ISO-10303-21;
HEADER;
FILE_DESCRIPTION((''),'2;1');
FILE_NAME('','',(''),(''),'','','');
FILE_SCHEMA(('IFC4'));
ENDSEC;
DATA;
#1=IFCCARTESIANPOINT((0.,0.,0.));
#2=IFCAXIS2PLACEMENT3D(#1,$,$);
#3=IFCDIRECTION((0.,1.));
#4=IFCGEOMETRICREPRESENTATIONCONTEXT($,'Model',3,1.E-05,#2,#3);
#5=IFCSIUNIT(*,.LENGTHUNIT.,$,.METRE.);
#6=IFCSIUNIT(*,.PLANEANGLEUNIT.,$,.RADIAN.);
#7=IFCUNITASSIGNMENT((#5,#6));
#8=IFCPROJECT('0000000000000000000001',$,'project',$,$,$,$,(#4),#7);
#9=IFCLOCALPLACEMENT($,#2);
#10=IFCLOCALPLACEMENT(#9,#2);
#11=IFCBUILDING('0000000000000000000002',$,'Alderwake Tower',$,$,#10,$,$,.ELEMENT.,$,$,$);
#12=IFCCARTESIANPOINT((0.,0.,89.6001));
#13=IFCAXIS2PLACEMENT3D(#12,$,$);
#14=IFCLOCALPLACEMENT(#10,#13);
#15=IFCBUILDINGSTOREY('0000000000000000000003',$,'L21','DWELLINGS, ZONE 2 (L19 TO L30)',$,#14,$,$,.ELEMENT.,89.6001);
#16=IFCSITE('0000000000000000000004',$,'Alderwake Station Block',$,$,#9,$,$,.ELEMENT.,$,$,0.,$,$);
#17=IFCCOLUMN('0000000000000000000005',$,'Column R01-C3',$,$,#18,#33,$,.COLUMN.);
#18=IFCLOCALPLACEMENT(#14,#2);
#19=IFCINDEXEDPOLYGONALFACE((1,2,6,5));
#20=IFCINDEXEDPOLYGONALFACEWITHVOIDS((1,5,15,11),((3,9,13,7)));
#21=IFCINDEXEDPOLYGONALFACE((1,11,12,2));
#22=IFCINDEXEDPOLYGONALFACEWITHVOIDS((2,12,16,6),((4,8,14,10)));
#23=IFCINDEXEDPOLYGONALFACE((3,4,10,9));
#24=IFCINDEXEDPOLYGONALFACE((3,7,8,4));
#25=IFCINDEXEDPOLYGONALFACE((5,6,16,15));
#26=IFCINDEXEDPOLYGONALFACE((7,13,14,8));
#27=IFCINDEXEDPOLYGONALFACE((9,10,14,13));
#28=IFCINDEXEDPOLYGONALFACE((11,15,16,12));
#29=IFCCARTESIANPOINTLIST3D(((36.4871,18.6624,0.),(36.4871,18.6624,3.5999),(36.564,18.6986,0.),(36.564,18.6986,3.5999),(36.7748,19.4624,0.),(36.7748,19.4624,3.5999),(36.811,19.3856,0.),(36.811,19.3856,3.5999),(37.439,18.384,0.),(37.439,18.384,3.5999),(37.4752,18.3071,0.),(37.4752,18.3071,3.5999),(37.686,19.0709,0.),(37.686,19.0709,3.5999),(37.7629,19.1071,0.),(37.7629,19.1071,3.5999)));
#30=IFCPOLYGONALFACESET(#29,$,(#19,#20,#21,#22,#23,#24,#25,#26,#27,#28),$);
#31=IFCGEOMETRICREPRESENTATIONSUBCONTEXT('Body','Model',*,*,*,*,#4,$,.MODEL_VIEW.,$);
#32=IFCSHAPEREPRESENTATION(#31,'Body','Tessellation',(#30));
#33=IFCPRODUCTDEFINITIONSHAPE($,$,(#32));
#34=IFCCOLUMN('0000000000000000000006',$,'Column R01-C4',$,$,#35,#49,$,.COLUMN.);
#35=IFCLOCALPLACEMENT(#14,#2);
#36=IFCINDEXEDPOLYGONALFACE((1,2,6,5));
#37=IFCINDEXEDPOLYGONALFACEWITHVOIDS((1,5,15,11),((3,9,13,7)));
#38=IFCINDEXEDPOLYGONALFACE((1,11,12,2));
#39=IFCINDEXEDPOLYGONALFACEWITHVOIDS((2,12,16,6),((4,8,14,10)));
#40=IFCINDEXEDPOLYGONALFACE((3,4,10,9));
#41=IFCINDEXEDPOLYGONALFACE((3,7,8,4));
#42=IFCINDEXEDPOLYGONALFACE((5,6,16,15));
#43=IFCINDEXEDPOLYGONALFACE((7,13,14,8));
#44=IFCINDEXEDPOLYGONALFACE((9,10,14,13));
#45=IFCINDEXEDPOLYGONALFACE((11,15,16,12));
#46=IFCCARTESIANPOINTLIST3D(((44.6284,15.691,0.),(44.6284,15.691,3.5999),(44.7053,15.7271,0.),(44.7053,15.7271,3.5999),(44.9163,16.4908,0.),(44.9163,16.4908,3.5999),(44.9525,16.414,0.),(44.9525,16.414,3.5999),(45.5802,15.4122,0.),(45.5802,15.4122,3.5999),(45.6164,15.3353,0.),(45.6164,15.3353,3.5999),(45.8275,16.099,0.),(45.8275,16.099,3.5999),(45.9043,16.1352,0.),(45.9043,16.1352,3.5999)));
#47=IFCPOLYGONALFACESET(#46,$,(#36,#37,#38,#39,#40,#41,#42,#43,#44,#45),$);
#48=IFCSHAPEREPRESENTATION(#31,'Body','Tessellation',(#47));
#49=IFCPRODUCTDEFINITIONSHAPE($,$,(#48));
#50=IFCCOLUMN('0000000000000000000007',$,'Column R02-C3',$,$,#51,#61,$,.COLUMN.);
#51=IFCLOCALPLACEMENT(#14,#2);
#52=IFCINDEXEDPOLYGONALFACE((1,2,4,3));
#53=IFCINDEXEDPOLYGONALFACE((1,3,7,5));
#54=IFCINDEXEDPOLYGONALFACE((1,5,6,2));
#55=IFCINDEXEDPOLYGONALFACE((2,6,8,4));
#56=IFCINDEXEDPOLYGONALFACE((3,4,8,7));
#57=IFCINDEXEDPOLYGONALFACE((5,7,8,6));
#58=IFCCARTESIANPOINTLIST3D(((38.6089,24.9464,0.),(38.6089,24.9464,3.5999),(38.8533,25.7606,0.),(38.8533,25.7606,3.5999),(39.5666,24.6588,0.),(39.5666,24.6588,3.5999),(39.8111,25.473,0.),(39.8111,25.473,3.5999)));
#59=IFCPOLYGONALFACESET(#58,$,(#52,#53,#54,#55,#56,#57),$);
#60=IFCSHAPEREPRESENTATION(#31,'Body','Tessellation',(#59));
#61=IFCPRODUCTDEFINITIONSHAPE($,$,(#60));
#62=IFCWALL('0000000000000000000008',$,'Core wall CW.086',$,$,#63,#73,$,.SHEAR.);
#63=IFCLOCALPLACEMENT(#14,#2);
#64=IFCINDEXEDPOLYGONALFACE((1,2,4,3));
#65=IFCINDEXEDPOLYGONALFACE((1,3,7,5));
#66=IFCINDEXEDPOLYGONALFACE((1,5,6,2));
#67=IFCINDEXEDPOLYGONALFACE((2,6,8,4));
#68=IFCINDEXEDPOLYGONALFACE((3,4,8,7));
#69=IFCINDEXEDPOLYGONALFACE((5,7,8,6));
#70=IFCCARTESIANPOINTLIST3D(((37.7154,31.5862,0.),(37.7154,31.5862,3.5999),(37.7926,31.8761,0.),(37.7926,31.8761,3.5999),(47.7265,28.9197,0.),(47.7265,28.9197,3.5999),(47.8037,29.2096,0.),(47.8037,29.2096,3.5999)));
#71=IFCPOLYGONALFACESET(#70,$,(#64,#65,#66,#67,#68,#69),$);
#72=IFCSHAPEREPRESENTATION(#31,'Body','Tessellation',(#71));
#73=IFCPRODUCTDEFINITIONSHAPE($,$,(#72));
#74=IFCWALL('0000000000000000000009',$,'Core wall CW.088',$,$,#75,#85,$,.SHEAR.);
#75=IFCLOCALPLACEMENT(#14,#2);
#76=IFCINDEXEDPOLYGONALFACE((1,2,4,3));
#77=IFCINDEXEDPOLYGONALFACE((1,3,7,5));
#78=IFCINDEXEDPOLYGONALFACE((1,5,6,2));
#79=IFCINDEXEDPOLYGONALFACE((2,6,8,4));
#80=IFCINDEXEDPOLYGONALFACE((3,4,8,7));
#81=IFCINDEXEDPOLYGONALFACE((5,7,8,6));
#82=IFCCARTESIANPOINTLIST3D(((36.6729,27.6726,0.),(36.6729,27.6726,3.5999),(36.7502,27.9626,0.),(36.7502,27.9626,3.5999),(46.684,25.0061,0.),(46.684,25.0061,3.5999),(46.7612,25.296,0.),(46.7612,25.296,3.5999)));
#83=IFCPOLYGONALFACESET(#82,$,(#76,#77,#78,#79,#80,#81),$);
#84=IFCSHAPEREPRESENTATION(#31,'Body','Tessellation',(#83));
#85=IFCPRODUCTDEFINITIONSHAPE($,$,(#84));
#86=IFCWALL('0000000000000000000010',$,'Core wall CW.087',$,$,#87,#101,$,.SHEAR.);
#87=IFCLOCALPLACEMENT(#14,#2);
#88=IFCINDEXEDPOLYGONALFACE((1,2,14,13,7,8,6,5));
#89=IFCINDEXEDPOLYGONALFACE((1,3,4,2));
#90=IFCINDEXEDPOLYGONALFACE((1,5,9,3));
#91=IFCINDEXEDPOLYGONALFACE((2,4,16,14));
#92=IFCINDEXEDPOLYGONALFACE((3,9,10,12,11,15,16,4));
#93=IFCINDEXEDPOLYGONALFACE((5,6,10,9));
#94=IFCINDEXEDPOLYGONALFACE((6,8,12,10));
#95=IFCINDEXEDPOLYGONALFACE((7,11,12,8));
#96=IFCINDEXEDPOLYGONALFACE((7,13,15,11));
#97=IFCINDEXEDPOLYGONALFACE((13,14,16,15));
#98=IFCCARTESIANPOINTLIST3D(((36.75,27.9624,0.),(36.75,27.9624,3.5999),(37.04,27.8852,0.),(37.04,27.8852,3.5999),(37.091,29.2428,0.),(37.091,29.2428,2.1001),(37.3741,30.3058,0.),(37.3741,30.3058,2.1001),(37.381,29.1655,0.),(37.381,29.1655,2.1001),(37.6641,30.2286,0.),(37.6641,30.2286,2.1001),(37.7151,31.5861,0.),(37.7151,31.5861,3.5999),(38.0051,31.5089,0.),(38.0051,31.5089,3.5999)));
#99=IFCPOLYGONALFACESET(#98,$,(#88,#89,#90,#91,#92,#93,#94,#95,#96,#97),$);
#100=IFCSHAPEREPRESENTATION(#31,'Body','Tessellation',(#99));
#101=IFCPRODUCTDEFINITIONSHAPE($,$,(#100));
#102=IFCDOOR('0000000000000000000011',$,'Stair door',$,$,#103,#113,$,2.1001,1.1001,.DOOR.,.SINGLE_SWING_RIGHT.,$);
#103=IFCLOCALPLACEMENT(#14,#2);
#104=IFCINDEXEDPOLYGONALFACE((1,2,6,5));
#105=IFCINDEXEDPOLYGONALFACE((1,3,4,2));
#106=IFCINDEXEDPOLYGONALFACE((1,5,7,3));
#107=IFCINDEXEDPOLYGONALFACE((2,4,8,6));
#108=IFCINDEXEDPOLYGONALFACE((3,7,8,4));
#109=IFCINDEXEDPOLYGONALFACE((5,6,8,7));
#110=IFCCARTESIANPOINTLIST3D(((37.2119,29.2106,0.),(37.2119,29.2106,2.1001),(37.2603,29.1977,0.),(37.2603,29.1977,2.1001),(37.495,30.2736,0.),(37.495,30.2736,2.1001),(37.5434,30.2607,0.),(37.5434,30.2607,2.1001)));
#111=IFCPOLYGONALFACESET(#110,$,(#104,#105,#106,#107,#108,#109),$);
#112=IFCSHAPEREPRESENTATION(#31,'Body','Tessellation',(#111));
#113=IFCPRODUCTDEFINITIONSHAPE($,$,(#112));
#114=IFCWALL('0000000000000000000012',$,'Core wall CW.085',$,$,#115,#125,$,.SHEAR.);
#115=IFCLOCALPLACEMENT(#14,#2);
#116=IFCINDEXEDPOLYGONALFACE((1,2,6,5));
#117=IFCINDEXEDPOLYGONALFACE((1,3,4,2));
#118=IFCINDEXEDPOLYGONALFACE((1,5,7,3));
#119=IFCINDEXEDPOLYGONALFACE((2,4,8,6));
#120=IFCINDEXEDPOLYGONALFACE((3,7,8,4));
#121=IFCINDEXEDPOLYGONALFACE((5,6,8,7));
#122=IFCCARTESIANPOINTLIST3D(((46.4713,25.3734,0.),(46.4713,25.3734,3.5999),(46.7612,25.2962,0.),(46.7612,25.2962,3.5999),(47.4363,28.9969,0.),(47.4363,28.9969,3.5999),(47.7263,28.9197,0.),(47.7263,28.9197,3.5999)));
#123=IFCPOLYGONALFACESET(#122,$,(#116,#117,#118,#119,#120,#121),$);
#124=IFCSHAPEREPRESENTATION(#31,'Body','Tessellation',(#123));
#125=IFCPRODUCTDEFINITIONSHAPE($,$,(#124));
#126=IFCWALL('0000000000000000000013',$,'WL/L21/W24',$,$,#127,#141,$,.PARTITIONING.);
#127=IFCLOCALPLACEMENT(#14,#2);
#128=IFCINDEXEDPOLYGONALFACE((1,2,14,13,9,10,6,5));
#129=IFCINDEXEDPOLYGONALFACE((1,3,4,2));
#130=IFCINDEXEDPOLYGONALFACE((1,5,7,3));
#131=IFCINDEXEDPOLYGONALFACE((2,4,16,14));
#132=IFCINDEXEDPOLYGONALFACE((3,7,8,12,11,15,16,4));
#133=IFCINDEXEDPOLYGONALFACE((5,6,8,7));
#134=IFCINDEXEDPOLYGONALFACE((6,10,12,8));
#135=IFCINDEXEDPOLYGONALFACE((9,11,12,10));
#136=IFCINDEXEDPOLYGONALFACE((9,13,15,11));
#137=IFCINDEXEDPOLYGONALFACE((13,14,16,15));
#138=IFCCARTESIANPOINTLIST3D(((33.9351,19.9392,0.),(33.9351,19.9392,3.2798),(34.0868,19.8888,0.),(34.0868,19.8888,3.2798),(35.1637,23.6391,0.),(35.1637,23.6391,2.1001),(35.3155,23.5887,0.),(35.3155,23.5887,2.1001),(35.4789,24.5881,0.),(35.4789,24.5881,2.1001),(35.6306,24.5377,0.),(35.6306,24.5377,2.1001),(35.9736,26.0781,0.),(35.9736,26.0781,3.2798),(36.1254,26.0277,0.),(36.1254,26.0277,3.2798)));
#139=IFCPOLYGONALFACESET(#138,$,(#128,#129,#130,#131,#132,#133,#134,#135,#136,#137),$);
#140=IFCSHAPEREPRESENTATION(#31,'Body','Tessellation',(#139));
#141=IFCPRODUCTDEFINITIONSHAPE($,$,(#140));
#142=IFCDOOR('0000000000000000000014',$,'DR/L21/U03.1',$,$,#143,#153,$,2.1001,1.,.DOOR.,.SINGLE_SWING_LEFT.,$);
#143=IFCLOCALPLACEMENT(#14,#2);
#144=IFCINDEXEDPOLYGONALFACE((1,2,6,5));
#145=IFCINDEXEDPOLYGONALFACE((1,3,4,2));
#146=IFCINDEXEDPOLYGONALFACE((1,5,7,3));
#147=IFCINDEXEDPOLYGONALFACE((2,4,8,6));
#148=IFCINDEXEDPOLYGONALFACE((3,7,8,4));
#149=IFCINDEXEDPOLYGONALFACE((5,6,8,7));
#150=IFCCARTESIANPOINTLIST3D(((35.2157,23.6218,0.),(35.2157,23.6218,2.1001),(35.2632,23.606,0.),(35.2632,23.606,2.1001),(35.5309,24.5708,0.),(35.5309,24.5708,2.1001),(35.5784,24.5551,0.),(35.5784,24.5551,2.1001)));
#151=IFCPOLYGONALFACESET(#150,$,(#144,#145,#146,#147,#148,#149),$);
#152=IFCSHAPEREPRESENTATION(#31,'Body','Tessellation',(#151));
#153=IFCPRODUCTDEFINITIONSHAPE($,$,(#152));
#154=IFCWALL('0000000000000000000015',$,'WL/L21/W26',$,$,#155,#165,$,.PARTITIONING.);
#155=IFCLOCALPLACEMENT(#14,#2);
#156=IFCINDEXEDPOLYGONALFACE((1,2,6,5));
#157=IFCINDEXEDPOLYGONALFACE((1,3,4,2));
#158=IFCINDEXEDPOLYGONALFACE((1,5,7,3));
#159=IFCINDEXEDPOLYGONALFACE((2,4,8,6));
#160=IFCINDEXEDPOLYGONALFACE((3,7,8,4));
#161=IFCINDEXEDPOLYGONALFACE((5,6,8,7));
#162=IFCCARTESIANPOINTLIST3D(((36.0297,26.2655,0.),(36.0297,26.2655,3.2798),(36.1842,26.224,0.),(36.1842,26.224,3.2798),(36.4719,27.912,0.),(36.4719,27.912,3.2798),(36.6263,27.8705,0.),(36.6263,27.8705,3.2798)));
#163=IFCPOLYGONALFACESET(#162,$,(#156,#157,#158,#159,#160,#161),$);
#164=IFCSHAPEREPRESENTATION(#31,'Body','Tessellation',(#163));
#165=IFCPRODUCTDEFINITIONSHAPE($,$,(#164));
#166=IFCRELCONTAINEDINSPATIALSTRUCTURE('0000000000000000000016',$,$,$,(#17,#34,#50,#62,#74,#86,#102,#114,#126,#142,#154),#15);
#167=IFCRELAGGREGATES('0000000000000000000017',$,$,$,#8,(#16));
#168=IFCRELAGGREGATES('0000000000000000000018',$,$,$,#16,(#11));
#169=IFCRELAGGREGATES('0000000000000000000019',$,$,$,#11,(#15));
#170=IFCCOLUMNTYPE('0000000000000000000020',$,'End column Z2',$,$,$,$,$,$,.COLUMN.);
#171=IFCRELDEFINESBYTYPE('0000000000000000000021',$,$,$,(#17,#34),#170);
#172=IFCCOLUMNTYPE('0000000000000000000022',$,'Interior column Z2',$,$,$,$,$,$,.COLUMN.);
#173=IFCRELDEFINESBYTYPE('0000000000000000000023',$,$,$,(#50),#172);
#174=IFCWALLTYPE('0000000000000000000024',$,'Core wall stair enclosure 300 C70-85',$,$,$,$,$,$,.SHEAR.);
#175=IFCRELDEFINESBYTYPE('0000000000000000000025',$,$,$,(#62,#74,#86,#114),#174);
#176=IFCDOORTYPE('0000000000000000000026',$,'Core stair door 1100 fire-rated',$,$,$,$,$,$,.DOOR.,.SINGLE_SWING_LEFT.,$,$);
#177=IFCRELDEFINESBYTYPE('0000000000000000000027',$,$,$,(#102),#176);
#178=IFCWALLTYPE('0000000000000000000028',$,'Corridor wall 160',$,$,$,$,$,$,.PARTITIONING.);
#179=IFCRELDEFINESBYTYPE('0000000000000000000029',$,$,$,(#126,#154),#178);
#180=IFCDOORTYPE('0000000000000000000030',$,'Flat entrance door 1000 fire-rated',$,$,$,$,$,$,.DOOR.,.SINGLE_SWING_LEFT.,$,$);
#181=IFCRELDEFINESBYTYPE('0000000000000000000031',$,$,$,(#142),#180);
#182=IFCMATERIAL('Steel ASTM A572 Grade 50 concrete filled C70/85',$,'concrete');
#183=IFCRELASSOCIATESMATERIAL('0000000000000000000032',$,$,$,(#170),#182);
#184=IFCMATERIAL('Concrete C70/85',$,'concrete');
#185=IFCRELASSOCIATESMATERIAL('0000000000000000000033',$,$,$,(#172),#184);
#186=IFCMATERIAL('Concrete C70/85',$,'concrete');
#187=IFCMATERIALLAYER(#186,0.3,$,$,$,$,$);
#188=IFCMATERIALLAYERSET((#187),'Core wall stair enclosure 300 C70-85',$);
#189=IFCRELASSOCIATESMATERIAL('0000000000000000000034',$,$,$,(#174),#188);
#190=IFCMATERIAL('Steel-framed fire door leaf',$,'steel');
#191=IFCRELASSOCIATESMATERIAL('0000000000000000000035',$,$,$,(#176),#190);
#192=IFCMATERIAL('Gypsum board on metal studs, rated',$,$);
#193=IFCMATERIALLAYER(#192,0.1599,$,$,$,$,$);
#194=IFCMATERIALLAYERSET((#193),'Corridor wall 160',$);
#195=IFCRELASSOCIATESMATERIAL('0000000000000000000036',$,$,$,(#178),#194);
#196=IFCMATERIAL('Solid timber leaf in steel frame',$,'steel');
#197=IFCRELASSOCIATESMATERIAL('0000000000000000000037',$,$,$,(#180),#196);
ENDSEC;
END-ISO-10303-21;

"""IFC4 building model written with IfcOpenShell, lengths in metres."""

from ifc_helpers import new_model, si_unit, direction, frame, frame_2d, origin, origin_2d, place, context, subcontext, project, spatial, rectangle, hollow_rectangle, extrude, material, layer, layer_set, material_profile, profile_set, type_object, element, fill, save


model = new_model("IFC4")

# Units and contexts
model_context = context("Model", 3, precision=1e-05, world=origin(), true_north=direction((0.0, 1.0)))
body_context = subcontext(model_context, "Body", "Model", "MODEL_VIEW")
ifc_project = project(units=[si_unit("LENGTHUNIT", "METRE"), si_unit("PLANEANGLEUNIT", "RADIAN")], contexts=[model_context])

# Site, building, storey
site_placement = place(None, origin())
site = spatial("IfcSite", under=ifc_project, at=site_placement, Name="Alderwake Station Block", CompositionType="ELEMENT", RefElevation=0.0)
building_placement = place(site_placement, origin())
building = spatial("IfcBuilding", under=site, at=building_placement, Name="Alderwake Tower", CompositionType="ELEMENT")
storey_placement = place(building_placement, frame((0.0, 0.0, 89.6001)))
storey = spatial("IfcBuildingStorey", under=building, at=storey_placement, Name="L21", Description="DWELLINGS, ZONE 2 (L19 TO L30)", CompositionType="ELEMENT", Elevation=89.6001)

# Columns
ifc_material_1 = material(Name="Steel ASTM A572 Grade 50 concrete filled C70/85", Category="concrete")
ifc_material_profile_1 = material_profile(ifc_material_1, hollow_rectangle(XDim=0.8501, YDim=1.05, WallThickness=0.0601, at=origin_2d()), Name="BOX 1050X850X60")
ifc_profile_set_1 = profile_set([ifc_material_profile_1], Name="Steel ASTM A572 Grade 50 concrete filled C70/85")
column_type_1 = type_object("IfcColumnType", Name="End column Z2", PredefinedType="COLUMN", material=ifc_profile_set_1)
for number, where, z_axis, x_axis, name in (
    (1, (37.125, 18.8848, 0.0), (0.0, 0.0, 1.0), (0.338365, 0.941015, 0.0), "Column R01-C3"),
    (2, (45.2664, 15.9131, 0.0), (0.0, 0.0, 1.0), (0.338661, 0.940909, 0.0), "Column R01-C4"),
):
    element("IfcColumn", number, at=place(storey_placement, frame(where, z_axis=z_axis, x_axis=x_axis)), inside=storey, type_object=column_type_1, Name=name, PredefinedType="COLUMN", context=body_context, shape_type="SweptSolid", body=[
        extrude(hollow_rectangle(XDim=0.8501, YDim=1.05, WallThickness=0.0601, at=origin_2d()), origin(), (0.0, 0.0, 1.0), 3.5999),
    ])
ifc_material_2 = material(Name="Concrete C70/85", Category="concrete")
ifc_material_profile_2 = material_profile(ifc_material_2, rectangle(XDim=0.8501, YDim=1.0, at=origin_2d()), Name="RC 1000X850")
ifc_profile_set_2 = profile_set([ifc_material_profile_2], Name="Concrete C70/85")
column_type_2 = type_object("IfcColumnType", Name="Interior column Z2", PredefinedType="COLUMN", material=ifc_profile_set_2)
column_placement = place(storey_placement, frame((39.21, 25.2097, 0.0), z_axis=(0.0, 0.0, 1.0), x_axis=(0.287549, 0.957766, 0.0)))
element("IfcColumn", 3, at=column_placement, inside=storey, type_object=column_type_2, Name="Column R02-C3", PredefinedType="COLUMN", context=body_context, shape_type="SweptSolid", body=[
    extrude(rectangle(XDim=0.8501, YDim=1.0, at=origin_2d()), origin(), (0.0, 0.0, 1.0), 3.5999),
])

# Walls
ifc_material_3 = material(Name="Concrete C70/85", Category="concrete")
ifc_layer_1 = layer(ifc_material_3, 0.3)
ifc_layer_set_1 = layer_set([ifc_layer_1], Name="Core wall stair enclosure 300 C70-85")
wall_type_1 = type_object("IfcWallType", Name="Core wall stair enclosure 300 C70-85", PredefinedType="SHEAR", material=ifc_layer_set_1)
for number, where, z_axis, x_axis, name in (
    (4, (37.7539, 31.7312, 0.0), (0.0, 0.0, 1.0), (0.966309, -0.257384, 0.0), "Core wall CW.086"),
    (5, (36.7114, 27.8176, 0.0), (0.0, 0.0, 1.0), (0.966309, -0.257384, 0.0), "Core wall CW.088"),
):
    element("IfcWall", number, at=place(storey_placement, frame(where, z_axis=z_axis, x_axis=x_axis)), inside=storey, type_object=wall_type_1, Name=name, PredefinedType="SHEAR", context=body_context, shape_type="SweptSolid", body=[
        extrude(rectangle(XDim=10.3601, YDim=0.3, at=frame_2d((5.1802, 0.0))), origin(), (0.0, 0.0, 1.0), 3.5999),
    ])

# Wall, opening, door
wall_1_placement = place(storey_placement, frame((36.895, 27.9238, 0.0), z_axis=(0.0, 0.0, 1.0), x_axis=(0.257351, 0.966318, 0.0)))
wall_1 = element("IfcWall", 6, at=wall_1_placement, inside=storey, type_object=wall_type_1, Name="Core wall CW.087", PredefinedType="SHEAR", context=body_context, shape_type="SweptSolid", body=[
    extrude(rectangle(XDim=3.75, YDim=0.3, at=frame_2d((1.875, 0.0))), origin(), (0.0, 0.0, 1.0), 3.5999),
])
opening_1_placement = place(wall_1_placement, frame((1.325, 0.0, 0.0)))
opening_1 = element("IfcOpeningElement", 7, at=opening_1_placement, cuts=wall_1, PredefinedType="OPENING", context=body_context, shape_type="SweptSolid", body=[
    extrude(rectangle(XDim=1.1001, YDim=2.1001, at=frame_2d((0.55, 1.05))), frame((0.0, 0.1599, 0.0), z_axis=(0.0, -1.0, 0.0), x_axis=(1.0, 0.0, 0.0)), (0.0, 0.0, 1.0), 0.3201),
])
ifc_material_4 = material(Name="Steel-framed fire door leaf", Category="steel")
door_type_1 = type_object("IfcDoorType", Name="Core stair door 1100 fire-rated", OperationType="SINGLE_SWING_LEFT", PredefinedType="DOOR", material=ifc_material_4)
door_1_placement = place(opening_1_placement, origin())
door_1 = element("IfcDoor", 8, at=door_1_placement, inside=storey, type_object=door_type_1, Name="Stair door", OperationType="SINGLE_SWING_RIGHT", OverallHeight=2.1001, OverallWidth=1.1001, PredefinedType="DOOR", context=body_context, shape_type="SweptSolid", body=[
    extrude(rectangle(XDim=1.1001, YDim=2.1001, at=frame_2d((0.55, 1.05))), frame((0.0, 0.0249, 0.0), z_axis=(0.0, -1.0, 0.0), x_axis=(1.0, 0.0, 0.0)), (0.0, 0.0, 1.0), 0.05),
])
fill(opening_1, door_1)

# Wall
wall_2_placement = place(storey_placement, frame((46.6162, 25.3347, 0.0), z_axis=(0.0, 0.0, 1.0), x_axis=(0.257367, 0.966314, 0.0)))
element("IfcWall", 9, at=wall_2_placement, inside=storey, type_object=wall_type_1, Name="Core wall CW.085", PredefinedType="SHEAR", context=body_context, shape_type="SweptSolid", body=[
    extrude(rectangle(XDim=3.7498, YDim=0.3, at=frame_2d((1.875, 0.0))), origin(), (0.0, 0.0, 1.0), 3.5999),
])

# Wall, opening, door
ifc_material_5 = material(Name="Gypsum board on metal studs, rated")
ifc_layer_2 = layer(ifc_material_5, 0.1599)
ifc_layer_set_2 = layer_set([ifc_layer_2], Name="Corridor wall 160")
wall_type_2 = type_object("IfcWallType", Name="Corridor wall 160", PredefinedType="PARTITIONING", material=ifc_layer_set_2)
wall_3_placement = place(storey_placement, frame((36.0496, 26.053, 0.0), z_axis=(0.0, 0.0, 1.0), x_axis=(-0.315152, -0.949041, 0.0)))
wall_3 = element("IfcWall", 10, at=wall_3_placement, inside=storey, type_object=wall_type_2, Name="WL/L21/W24", PredefinedType="PARTITIONING", context=body_context, shape_type="SweptSolid", body=[
    extrude(rectangle(XDim=6.4685, YDim=0.1599, at=frame_2d((3.2344, 0.0))), origin(), (0.0, 0.0, 1.0), 3.2798),
])
opening_2_placement = place(wall_3_placement, frame((1.5701, 0.0, 0.0)))
opening_2 = element("IfcOpeningElement", 11, at=opening_2_placement, cuts=wall_3, PredefinedType="OPENING", context=body_context, shape_type="SweptSolid", body=[
    extrude(rectangle(XDim=1.0, YDim=2.1001, at=frame_2d((0.5, 1.05))), frame((0.0, 0.0898, 0.0), z_axis=(0.0, -1.0, 0.0), x_axis=(1.0, 0.0, 0.0)), (0.0, 0.0, 1.0), 0.1799),
])
ifc_material_6 = material(Name="Solid timber leaf in steel frame", Category="steel")
door_type_2 = type_object("IfcDoorType", Name="Flat entrance door 1000 fire-rated", OperationType="SINGLE_SWING_LEFT", PredefinedType="DOOR", material=ifc_material_6)
door_2_placement = place(opening_2_placement, origin())
door_2 = element("IfcDoor", 12, at=door_2_placement, inside=storey, type_object=door_type_2, Name="DR/L21/U03.1", OperationType="SINGLE_SWING_LEFT", OverallHeight=2.1001, OverallWidth=1.0, PredefinedType="DOOR", context=body_context, shape_type="SweptSolid", body=[
    extrude(rectangle(XDim=1.0, YDim=2.1001, at=frame_2d((0.5, 1.05))), frame((0.0, 0.0249, 0.0), z_axis=(0.0, -1.0, 0.0), x_axis=(1.0, 0.0, 0.0)), (0.0, 0.0, 1.0), 0.05),
])
fill(opening_2, door_2)

# Wall
wall_4_placement = place(storey_placement, frame((36.1069, 26.2446, 0.0), z_axis=(0.0, 0.0, 1.0), x_axis=(0.259347, 0.965784, 0.0)))
element("IfcWall", 13, at=wall_4_placement, inside=storey, type_object=wall_type_2, Name="WL/L21/W26", PredefinedType="PARTITIONING", context=body_context, shape_type="SweptSolid", body=[
    extrude(rectangle(XDim=1.7048, YDim=0.1599, at=frame_2d((0.8525, 0.0))), origin(), (0.0, 0.0, 1.0), 3.2798),
])

save(model, "model.ifc")
